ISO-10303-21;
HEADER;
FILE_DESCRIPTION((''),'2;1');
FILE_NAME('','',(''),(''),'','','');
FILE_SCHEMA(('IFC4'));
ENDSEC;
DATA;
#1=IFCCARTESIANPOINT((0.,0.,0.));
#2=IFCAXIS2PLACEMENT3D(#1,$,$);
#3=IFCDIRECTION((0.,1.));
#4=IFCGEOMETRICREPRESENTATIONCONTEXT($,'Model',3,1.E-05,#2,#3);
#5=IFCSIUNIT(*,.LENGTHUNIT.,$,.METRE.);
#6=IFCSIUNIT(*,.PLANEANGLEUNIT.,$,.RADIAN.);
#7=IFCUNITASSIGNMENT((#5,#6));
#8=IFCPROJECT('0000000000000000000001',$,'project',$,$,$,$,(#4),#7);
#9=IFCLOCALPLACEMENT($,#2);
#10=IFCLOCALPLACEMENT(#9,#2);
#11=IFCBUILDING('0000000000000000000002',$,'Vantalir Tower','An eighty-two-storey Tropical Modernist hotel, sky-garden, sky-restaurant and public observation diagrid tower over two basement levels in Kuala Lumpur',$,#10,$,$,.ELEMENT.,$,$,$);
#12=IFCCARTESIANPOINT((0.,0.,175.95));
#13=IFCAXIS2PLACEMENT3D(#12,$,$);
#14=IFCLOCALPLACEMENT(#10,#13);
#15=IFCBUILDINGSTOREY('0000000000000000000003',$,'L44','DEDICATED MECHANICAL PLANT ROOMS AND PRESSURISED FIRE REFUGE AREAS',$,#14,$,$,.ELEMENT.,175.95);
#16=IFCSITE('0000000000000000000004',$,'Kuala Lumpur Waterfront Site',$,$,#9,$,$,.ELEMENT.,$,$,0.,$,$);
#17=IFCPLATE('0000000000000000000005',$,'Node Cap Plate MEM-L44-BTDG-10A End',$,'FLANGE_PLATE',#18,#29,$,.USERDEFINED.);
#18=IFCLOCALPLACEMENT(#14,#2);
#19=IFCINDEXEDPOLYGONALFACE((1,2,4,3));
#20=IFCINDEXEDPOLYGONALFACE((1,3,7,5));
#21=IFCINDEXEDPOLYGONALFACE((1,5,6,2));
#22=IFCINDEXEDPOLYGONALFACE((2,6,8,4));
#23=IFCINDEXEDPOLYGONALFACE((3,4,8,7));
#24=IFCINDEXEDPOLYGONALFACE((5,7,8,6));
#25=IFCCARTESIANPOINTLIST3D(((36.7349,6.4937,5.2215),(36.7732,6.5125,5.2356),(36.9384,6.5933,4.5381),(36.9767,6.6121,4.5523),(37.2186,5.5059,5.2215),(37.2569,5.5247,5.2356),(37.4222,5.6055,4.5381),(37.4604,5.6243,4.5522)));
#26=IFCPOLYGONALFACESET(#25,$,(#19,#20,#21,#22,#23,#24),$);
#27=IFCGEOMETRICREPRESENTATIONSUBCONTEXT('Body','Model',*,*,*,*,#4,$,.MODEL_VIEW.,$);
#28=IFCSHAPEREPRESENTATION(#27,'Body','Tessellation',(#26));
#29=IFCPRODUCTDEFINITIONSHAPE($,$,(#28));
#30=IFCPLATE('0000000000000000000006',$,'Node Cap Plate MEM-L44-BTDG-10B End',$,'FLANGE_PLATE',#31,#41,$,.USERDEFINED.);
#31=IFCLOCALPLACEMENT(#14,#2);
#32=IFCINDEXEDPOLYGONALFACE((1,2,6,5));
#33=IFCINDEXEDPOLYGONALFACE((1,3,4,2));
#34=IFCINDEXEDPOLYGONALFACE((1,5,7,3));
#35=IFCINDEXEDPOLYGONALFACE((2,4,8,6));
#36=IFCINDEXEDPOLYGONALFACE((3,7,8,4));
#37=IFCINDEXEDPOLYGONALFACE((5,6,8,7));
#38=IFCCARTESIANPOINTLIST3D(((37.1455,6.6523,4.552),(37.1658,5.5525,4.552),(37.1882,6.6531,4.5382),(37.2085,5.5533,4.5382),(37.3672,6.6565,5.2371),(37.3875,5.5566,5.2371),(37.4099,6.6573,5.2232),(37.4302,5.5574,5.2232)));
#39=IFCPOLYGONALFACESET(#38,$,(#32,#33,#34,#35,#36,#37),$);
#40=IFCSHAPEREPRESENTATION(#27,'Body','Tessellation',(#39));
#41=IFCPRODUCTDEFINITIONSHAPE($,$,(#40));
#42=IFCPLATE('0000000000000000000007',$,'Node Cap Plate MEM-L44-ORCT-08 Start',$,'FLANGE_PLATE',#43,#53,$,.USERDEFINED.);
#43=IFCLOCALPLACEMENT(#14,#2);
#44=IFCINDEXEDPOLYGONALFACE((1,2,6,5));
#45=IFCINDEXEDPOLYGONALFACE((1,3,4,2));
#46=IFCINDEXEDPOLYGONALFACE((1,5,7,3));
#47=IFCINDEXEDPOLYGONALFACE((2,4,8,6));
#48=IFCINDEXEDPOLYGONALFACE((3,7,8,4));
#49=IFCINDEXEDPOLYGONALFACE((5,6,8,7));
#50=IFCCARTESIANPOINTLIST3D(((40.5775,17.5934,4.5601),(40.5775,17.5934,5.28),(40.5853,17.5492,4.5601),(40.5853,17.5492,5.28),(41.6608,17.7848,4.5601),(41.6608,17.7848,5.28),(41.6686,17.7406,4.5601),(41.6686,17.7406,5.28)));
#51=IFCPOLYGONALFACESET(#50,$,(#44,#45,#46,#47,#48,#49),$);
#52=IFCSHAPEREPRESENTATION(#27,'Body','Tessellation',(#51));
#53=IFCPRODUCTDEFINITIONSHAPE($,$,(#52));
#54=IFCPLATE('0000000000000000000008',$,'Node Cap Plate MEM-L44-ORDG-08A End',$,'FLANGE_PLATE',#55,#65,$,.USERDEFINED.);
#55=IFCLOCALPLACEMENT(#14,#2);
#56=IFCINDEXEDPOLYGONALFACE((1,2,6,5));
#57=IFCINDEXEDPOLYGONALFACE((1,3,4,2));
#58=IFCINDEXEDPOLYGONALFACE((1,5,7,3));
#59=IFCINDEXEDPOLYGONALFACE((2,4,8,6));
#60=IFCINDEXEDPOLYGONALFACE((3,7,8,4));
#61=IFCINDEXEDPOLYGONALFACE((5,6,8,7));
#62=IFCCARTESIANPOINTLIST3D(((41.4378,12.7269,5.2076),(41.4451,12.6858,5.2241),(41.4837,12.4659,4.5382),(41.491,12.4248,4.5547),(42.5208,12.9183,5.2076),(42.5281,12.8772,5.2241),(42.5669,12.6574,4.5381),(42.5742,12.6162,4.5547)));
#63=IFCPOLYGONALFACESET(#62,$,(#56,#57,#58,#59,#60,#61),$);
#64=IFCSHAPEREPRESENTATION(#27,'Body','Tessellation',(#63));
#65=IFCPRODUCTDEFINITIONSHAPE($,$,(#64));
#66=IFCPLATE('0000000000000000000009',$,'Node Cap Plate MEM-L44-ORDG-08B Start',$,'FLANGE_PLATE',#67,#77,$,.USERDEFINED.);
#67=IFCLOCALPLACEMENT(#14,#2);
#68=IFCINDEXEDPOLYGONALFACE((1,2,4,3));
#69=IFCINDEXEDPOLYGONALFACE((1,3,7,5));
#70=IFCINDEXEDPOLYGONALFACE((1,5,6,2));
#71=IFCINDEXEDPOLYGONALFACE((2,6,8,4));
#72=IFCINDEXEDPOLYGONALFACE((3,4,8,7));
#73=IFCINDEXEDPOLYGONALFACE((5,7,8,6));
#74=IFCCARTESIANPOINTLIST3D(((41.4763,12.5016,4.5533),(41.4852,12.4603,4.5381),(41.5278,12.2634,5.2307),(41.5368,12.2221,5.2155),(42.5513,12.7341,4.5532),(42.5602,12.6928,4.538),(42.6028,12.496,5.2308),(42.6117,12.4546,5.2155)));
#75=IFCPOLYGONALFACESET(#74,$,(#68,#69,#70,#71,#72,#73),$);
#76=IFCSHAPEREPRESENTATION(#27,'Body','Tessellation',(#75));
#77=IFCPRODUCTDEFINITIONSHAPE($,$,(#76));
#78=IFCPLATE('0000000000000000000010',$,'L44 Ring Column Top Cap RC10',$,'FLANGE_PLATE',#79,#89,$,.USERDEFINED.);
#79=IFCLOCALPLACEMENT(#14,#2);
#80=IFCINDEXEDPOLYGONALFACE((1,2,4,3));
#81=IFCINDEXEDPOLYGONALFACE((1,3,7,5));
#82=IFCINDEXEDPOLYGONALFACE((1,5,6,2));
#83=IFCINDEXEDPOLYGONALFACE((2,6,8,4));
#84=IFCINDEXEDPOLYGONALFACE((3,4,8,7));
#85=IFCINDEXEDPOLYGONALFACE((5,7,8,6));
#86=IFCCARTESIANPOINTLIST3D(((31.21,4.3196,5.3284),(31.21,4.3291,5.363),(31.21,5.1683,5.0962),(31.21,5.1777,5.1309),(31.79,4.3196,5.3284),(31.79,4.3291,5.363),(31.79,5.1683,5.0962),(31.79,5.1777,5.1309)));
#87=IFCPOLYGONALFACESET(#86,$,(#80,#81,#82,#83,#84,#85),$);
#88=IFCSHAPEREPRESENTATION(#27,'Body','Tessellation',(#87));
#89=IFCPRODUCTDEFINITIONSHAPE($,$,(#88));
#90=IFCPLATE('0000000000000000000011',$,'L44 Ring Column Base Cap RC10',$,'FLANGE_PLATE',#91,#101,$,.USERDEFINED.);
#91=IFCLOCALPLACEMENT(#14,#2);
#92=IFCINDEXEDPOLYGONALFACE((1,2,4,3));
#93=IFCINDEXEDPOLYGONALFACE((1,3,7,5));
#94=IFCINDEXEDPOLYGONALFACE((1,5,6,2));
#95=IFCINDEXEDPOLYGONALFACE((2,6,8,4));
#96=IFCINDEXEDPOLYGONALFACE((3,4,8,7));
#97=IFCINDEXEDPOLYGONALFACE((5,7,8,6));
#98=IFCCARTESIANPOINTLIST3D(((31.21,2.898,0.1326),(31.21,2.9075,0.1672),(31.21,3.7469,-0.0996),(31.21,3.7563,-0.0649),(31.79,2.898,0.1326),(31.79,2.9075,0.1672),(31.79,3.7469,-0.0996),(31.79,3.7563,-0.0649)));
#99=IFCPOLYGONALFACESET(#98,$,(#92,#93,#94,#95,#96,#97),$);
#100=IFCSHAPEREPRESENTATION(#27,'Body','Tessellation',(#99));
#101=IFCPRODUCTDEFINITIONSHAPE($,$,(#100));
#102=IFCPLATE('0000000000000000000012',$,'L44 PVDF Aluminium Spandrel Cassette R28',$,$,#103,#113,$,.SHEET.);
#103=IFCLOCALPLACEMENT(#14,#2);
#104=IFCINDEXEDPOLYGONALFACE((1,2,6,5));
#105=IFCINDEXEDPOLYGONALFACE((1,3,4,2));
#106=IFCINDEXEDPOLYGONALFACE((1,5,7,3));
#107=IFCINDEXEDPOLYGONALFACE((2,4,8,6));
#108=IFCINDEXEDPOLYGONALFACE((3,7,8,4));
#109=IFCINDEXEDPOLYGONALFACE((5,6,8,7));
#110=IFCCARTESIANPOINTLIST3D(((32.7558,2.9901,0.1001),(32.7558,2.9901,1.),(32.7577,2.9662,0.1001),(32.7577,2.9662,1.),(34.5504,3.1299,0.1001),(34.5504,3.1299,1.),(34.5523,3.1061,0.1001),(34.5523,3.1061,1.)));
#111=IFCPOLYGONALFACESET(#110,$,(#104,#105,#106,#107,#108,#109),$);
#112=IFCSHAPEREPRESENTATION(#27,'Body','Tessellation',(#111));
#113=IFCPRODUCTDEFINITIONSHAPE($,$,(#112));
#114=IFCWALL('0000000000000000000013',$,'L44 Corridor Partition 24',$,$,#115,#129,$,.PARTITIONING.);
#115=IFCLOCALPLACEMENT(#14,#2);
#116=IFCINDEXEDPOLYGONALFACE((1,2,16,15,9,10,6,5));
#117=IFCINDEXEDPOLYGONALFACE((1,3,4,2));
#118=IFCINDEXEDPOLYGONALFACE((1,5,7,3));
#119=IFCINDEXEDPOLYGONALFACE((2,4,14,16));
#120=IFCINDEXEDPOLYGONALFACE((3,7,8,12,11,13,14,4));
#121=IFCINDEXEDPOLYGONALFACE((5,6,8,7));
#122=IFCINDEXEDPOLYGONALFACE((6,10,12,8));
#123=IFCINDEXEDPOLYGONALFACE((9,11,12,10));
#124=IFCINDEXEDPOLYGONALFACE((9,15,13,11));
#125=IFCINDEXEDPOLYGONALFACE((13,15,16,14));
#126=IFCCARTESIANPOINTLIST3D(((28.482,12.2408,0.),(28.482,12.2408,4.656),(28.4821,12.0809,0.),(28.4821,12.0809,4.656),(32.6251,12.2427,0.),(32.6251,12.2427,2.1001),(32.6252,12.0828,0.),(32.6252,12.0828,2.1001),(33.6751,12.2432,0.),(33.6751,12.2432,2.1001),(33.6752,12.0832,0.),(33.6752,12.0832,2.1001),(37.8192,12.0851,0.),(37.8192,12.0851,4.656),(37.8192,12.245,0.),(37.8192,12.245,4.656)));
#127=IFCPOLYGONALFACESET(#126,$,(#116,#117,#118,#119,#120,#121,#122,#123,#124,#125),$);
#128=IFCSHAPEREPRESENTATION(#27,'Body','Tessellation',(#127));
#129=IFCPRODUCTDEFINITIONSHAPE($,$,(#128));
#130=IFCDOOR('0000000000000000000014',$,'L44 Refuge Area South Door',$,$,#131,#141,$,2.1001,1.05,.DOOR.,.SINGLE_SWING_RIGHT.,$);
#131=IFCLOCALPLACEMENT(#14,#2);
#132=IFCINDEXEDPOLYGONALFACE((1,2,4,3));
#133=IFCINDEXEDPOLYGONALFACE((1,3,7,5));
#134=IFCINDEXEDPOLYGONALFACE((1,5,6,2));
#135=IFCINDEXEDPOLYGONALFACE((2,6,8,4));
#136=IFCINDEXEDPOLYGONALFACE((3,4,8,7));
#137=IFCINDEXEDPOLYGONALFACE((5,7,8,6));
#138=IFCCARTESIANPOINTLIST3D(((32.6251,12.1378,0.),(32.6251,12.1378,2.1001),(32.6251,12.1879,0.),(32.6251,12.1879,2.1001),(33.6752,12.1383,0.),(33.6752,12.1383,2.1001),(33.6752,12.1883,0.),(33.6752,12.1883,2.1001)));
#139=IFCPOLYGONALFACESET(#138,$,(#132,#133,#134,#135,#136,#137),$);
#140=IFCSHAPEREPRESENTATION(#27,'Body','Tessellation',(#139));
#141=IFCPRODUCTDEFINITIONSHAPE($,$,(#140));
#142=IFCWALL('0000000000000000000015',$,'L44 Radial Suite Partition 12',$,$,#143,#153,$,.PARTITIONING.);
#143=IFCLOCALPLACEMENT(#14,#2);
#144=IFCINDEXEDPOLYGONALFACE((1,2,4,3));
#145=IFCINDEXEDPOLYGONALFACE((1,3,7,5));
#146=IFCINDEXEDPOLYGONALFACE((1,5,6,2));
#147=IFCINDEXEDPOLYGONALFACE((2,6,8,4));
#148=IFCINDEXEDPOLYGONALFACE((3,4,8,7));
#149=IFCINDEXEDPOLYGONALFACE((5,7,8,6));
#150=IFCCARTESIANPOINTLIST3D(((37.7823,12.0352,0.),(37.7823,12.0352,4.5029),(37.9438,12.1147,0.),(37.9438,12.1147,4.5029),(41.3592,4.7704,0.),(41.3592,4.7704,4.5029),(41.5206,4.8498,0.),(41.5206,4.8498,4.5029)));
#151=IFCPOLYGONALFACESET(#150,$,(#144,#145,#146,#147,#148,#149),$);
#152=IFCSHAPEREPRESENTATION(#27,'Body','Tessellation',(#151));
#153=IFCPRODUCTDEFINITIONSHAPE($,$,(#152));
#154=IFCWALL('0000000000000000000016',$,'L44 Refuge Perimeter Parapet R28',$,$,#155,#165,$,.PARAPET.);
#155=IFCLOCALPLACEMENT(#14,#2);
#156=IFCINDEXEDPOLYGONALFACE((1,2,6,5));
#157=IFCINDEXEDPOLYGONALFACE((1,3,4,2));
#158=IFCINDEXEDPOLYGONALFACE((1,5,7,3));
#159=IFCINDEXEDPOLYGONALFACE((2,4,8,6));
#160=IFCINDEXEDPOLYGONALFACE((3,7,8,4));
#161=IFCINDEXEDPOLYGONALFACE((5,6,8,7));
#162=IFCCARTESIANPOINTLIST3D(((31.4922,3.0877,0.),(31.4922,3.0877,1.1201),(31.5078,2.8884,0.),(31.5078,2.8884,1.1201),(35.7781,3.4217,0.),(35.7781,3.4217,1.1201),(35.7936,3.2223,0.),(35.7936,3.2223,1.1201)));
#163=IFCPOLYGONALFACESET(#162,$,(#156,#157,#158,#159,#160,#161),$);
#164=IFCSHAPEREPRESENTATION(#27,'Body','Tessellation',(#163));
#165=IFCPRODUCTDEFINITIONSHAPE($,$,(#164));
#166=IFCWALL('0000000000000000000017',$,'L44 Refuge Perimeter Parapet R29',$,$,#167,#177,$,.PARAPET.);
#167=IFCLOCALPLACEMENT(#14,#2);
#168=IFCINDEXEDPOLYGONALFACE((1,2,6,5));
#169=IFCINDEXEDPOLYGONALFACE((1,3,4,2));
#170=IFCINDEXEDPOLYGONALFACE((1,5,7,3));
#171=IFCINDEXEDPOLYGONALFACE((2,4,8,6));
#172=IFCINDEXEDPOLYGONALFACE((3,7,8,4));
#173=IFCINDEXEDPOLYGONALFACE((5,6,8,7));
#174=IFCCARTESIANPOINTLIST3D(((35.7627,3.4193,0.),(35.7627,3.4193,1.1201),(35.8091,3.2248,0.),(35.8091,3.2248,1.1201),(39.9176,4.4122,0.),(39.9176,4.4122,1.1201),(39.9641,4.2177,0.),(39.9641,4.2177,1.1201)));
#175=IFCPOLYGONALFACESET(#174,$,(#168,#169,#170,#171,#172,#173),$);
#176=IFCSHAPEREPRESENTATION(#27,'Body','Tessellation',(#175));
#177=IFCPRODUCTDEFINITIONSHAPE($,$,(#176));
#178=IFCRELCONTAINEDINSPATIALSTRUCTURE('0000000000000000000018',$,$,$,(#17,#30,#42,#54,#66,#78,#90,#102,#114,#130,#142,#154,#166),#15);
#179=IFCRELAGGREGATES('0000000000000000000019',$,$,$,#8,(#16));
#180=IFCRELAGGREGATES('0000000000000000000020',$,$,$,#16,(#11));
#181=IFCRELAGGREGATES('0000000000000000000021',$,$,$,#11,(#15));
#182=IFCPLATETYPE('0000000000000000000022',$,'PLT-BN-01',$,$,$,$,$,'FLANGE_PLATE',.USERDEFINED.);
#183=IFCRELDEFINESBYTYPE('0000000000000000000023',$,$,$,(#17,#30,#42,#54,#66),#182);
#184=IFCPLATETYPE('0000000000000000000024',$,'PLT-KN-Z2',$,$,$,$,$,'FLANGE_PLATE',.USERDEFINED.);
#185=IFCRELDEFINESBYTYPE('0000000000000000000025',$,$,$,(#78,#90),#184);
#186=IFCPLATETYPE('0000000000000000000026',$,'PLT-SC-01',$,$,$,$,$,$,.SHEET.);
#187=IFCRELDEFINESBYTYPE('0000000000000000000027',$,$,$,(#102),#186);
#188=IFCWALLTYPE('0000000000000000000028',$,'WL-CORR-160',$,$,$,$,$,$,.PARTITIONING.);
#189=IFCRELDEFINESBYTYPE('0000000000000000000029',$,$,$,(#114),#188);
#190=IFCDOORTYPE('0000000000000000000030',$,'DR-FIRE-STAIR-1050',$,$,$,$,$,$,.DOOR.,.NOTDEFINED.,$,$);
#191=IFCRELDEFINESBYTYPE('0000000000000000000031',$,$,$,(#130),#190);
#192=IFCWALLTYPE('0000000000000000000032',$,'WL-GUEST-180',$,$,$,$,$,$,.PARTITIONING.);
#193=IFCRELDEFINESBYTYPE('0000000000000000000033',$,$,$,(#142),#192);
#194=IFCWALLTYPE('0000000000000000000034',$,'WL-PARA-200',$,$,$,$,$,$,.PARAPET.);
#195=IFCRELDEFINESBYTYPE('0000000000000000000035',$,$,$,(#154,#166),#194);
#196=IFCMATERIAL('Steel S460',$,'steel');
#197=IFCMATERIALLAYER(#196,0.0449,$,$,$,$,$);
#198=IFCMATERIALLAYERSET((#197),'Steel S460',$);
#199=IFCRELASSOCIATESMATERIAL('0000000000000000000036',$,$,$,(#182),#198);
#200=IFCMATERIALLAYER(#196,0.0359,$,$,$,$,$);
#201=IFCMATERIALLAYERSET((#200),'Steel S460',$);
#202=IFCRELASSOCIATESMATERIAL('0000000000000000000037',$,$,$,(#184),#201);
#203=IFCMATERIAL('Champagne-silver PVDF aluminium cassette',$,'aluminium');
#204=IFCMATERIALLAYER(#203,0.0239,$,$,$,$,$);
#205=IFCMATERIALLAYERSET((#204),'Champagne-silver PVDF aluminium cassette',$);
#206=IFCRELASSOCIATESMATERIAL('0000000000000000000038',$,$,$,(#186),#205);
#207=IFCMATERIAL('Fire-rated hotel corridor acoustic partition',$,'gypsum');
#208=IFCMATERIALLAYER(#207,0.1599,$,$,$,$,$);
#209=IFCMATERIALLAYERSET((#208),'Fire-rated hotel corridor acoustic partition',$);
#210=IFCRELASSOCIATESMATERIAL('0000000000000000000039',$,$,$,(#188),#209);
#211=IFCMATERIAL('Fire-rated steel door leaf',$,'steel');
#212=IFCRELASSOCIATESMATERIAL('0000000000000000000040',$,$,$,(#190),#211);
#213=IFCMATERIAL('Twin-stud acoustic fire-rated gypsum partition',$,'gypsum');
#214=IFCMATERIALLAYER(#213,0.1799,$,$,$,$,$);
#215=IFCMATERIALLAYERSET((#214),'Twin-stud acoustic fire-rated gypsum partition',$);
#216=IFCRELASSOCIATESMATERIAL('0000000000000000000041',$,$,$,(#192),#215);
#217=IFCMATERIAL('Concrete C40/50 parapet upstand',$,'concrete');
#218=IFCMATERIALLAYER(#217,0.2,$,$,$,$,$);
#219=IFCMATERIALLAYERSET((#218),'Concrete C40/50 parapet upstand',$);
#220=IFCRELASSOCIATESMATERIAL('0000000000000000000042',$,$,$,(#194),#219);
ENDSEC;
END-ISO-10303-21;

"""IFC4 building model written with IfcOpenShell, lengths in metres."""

from ifc_helpers import new_model, si_unit, direction, frame, frame_2d, origin, origin_2d, place, context, subcontext, project, spatial, polyline, rectangle, outline, extrude, material, layer, layer_set, type_object, element, fill, save


model = new_model("IFC4")

# Units and contexts
model_context = context("Model", 3, precision=1e-05, world=origin(), true_north=direction((0.0, 1.0)))
body_context = subcontext(model_context, "Body", "Model", "MODEL_VIEW")
ifc_project = project(units=[si_unit("LENGTHUNIT", "METRE"), si_unit("PLANEANGLEUNIT", "RADIAN")], contexts=[model_context])

# Site, building, storey
site_placement = place(None, origin())
site = spatial("IfcSite", under=ifc_project, at=site_placement, Name="Kuala Lumpur Waterfront Site", CompositionType="ELEMENT", RefElevation=0.0)
building_placement = place(site_placement, origin())
building = spatial("IfcBuilding", under=site, at=building_placement, Name="Vantalir Tower", Description="An eighty-two-storey Tropical Modernist hotel, sky-garden, sky-restaurant and public observation diagrid tower over two basement levels in Kuala Lumpur", CompositionType="ELEMENT")
storey_placement = place(building_placement, frame((0.0, 0.0, 175.95)))
storey = spatial("IfcBuildingStorey", under=building, at=storey_placement, Name="L44", Description="DEDICATED MECHANICAL PLANT ROOMS AND PRESSURISED FIRE REFUGE AREAS", CompositionType="ELEMENT", Elevation=175.95)

# Shared definitions
ifc_material_1 = material(Name="Steel S460", Category="steel")

# Plates
ifc_layer_1 = layer(ifc_material_1, 0.0449)
ifc_layer_set_1 = layer_set([ifc_layer_1], Name="Steel S460")
plate_type_1 = type_object("IfcPlateType", Name="PLT-BN-01", ElementType="FLANGE_PLATE", PredefinedType="USERDEFINED", material=ifc_layer_set_1)
plate_1_placement = place(storey_placement, frame((37.4604, 5.6243, 4.5522), z_axis=(0.852451, 0.417482, 0.314702), x_axis=(-0.439838, 0.898077, 0.00003)))
element("IfcPlate", 1, at=plate_1_placement, inside=storey, type_object=plate_type_1, Name="Node Cap Plate MEM-L44-BTDG-10A End", ObjectType="FLANGE_PLATE", PredefinedType="USERDEFINED", context=body_context, shape_type="SweptSolid", body=[
    extrude(outline(polyline([(0.0, 0.0), (1.0999, 0.0), (1.1, 0.7199), (0.0001, 0.72), (0.0, 0.0)])), origin(), (0.0, 0.0, -1.0), 0.0449),
])
plate_2_placement = place(storey_placement, frame((37.1455, 6.6523, 4.552), z_axis=(-0.95125, -0.017526, 0.307923), x_axis=(0.018421, -0.99983, 0.0)))
element("IfcPlate", 2, at=plate_2_placement, inside=storey, type_object=plate_type_1, Name="Node Cap Plate MEM-L44-BTDG-10B End", ObjectType="FLANGE_PLATE", PredefinedType="USERDEFINED", context=body_context, shape_type="SweptSolid", body=[
    extrude(outline(polyline([(0.0, 0.0), (1.1, 0.0), (1.1, 0.72), (-0.0001, 0.72), (0.0, 0.0)])), origin(), (0.0, 0.0, -1.0), 0.0449),
])
plate_3_placement = place(storey_placement, frame((41.123, 17.667, 4.5601), z_axis=(0.0, 0.0, 1.0), x_axis=(0.173975, -0.98475, 0.0)))
element("IfcPlate", 3, at=plate_3_placement, inside=storey, type_object=plate_type_1, Name="Node Cap Plate MEM-L44-ORCT-08 Start", ObjectType="FLANGE_PLATE", PredefinedType="USERDEFINED", context=body_context, shape_type="SweptSolid", body=[
    extrude(rectangle(XDim=0.0449, YDim=1.1001, at=origin_2d()), origin(), (0.0, 0.0, 1.0), 0.72),
])
plate_4_placement = place(storey_placement, frame((41.491, 12.4248, 4.5547), z_axis=(0.161802, -0.915606, 0.368083), x_axis=(0.984743, 0.174017, -0.000007)))
element("IfcPlate", 4, at=plate_4_placement, inside=storey, type_object=plate_type_1, Name="Node Cap Plate MEM-L44-ORDG-08A End", ObjectType="FLANGE_PLATE", PredefinedType="USERDEFINED", context=body_context, shape_type="SweptSolid", body=[
    extrude(outline(polyline([(0.0, 0.0), (1.1, 0.0), (1.1, 0.72), (0.0002, 0.72), (0.0, 0.0)])), origin(), (0.0, 0.0, -1.0), 0.0449),
])
plate_5_placement = place(storey_placement, frame((42.5513, 12.7341, 4.5532), z_axis=(-0.198962, 0.919714, 0.338437), x_axis=(-0.977389, -0.211451, 0.000035)))
element("IfcPlate", 5, at=plate_5_placement, inside=storey, type_object=plate_type_1, Name="Node Cap Plate MEM-L44-ORDG-08B Start", ObjectType="FLANGE_PLATE", PredefinedType="USERDEFINED", context=body_context, shape_type="SweptSolid", body=[
    extrude(outline(polyline([(0.0, 0.0), (1.0998, 0.0), (1.0999, 0.7199), (0.0001, 0.72), (0.0, 0.0)])), origin(), (0.0, 0.0, -1.0), 0.0449),
])
ifc_layer_2 = layer(ifc_material_1, 0.0359)
ifc_layer_set_2 = layer_set([ifc_layer_2], Name="Steel S460")
plate_type_2 = type_object("IfcPlateType", Name="PLT-KN-Z2", ElementType="FLANGE_PLATE", PredefinedType="USERDEFINED", material=ifc_layer_set_2)
plate_6_placement = place(storey_placement, frame((31.21, 5.1777, 5.1309), z_axis=(0.0, 0.263892, 0.964552), x_axis=(0.0, -0.964552, 0.263892)))
element("IfcPlate", 6, at=plate_6_placement, inside=storey, type_object=plate_type_2, Name="L44 Ring Column Top Cap RC10", ObjectType="FLANGE_PLATE", PredefinedType="USERDEFINED", context=body_context, shape_type="SweptSolid", body=[
    extrude(outline(polyline([(0.0, 0.0), (0.8798, 0.0), (0.8798, 0.5801), (0.0, 0.5801), (0.0, 0.0)])), origin(), (0.0, 0.0, -1.0), 0.0359),
])
plate_7_placement = place(storey_placement, frame((31.21, 3.7563, -0.0649), z_axis=(0.0, 0.263822, 0.964572), x_axis=(0.0, -0.964572, 0.263822)))
element("IfcPlate", 7, at=plate_7_placement, inside=storey, type_object=plate_type_2, Name="L44 Ring Column Base Cap RC10", ObjectType="FLANGE_PLATE", PredefinedType="USERDEFINED", context=body_context, shape_type="SweptSolid", body=[
    extrude(outline(polyline([(0.0, 0.0), (0.8801, 0.0), (0.8801, 0.5801), (0.0, 0.5801), (0.0, 0.0)])), origin(), (0.0, 0.0, -1.0), 0.0359),
])
ifc_material_2 = material(Name="Champagne-silver PVDF aluminium cassette", Category="aluminium")
ifc_layer_3 = layer(ifc_material_2, 0.0239)
ifc_layer_set_3 = layer_set([ifc_layer_3], Name="Champagne-silver PVDF aluminium cassette")
plate_type_3 = type_object("IfcPlateType", Name="PLT-SC-01", PredefinedType="SHEET", material=ifc_layer_set_3)
plate_8_placement = place(storey_placement, frame((33.6541, 3.0481, 0.1001), z_axis=(0.0, 0.0, 1.0), x_axis=(0.996977, 0.077693, 0.0)))
element("IfcPlate", 8, at=plate_8_placement, inside=storey, type_object=plate_type_3, Name="L44 PVDF Aluminium Spandrel Cassette R28", PredefinedType="SHEET", context=body_context, shape_type="SweptSolid", body=[
    extrude(rectangle(XDim=1.8, YDim=0.0239, at=origin_2d()), origin(), (0.0, 0.0, 1.0), 0.8999),
])

# Wall, opening, door
ifc_material_3 = material(Name="Fire-rated hotel corridor acoustic partition", Category="gypsum")
ifc_layer_4 = layer(ifc_material_3, 0.1599)
ifc_layer_set_4 = layer_set([ifc_layer_4], Name="Fire-rated hotel corridor acoustic partition")
wall_type_1 = type_object("IfcWallType", Name="WL-CORR-160", PredefinedType="PARTITIONING", material=ifc_layer_set_4)
wall_1_placement = place(storey_placement, frame((37.8191, 12.165, 0.0), z_axis=(0.0, 0.0, 1.0), x_axis=(-1.0, -0.000445, 0.0)))
wall_1 = element("IfcWall", 9, at=wall_1_placement, inside=storey, type_object=wall_type_1, Name="L44 Corridor Partition 24", PredefinedType="PARTITIONING", context=body_context, shape_type="SweptSolid", body=[
    extrude(rectangle(XDim=9.3372, YDim=0.1599, at=frame_2d((4.6685, 0.0))), origin(), (0.0, 0.0, 1.0), 4.656),
])
opening_placement = place(wall_1_placement, frame((4.144, 0.0, 0.0)))
opening = element("IfcOpeningElement", 10, at=opening_placement, cuts=wall_1, PredefinedType="OPENING", context=body_context, shape_type="SweptSolid", body=[
    extrude(rectangle(XDim=1.05, YDim=2.1001, at=frame_2d((0.5249, 1.05))), frame((0.0, 0.0898, 0.0), z_axis=(0.0, -1.0, 0.0), x_axis=(1.0, 0.0, 0.0)), (0.0, 0.0, 1.0), 0.1799),
])
ifc_material_4 = material(Name="Fire-rated steel door leaf", Category="steel")
door_type = type_object("IfcDoorType", Name="DR-FIRE-STAIR-1050", OperationType="NOTDEFINED", PredefinedType="DOOR", material=ifc_material_4)
door_placement = place(opening_placement, origin())
door = element("IfcDoor", 11, at=door_placement, inside=storey, type_object=door_type, Name="L44 Refuge Area South Door", OperationType="SINGLE_SWING_RIGHT", OverallHeight=2.1001, OverallWidth=1.05, PredefinedType="DOOR", context=body_context, shape_type="SweptSolid", body=[
    extrude(rectangle(XDim=1.05, YDim=2.1001, at=frame_2d((0.5249, 1.05))), frame((0.0, 0.0249, 0.0), z_axis=(0.0, -1.0, 0.0), x_axis=(1.0, 0.0, 0.0)), (0.0, 0.0, 1.0), 0.05),
])
fill(opening, door)

# Walls
ifc_material_5 = material(Name="Twin-stud acoustic fire-rated gypsum partition", Category="gypsum")
ifc_layer_5 = layer(ifc_material_5, 0.1799)
ifc_layer_set_5 = layer_set([ifc_layer_5], Name="Twin-stud acoustic fire-rated gypsum partition")
wall_type_2 = type_object("IfcWallType", Name="WL-GUEST-180", PredefinedType="PARTITIONING", material=ifc_layer_set_5)
wall_2_placement = place(storey_placement, frame((37.863, 12.075, 0.0), z_axis=(0.0, 0.0, 1.0), x_axis=(0.441718, -0.897154, 0.0)))
element("IfcWall", 12, at=wall_2_placement, inside=storey, type_object=wall_type_2, Name="L44 Radial Suite Partition 12", PredefinedType="PARTITIONING", context=body_context, shape_type="SweptSolid", body=[
    extrude(rectangle(XDim=8.0977, YDim=0.1799, at=frame_2d((4.0488, 0.0))), origin(), (0.0, 0.0, 1.0), 4.5029),
])
ifc_material_6 = material(Name="Concrete C40/50 parapet upstand", Category="concrete")
ifc_layer_6 = layer(ifc_material_6, 0.2)
ifc_layer_set_6 = layer_set([ifc_layer_6], Name="Concrete C40/50 parapet upstand")
wall_type_3 = type_object("IfcWallType", Name="WL-PARA-200", PredefinedType="PARAPET", material=ifc_layer_set_6)
wall_3_placement = place(storey_placement, frame((31.5, 2.988, 0.0), z_axis=(0.0, 0.0, 1.0), x_axis=(0.996977, 0.077691, 0.0)))
element("IfcWall", 13, at=wall_3_placement, inside=storey, type_object=wall_type_3, Name="L44 Refuge Perimeter Parapet R28", PredefinedType="PARAPET", context=body_context, shape_type="SweptSolid", body=[
    extrude(rectangle(XDim=4.2988, YDim=0.2, at=frame_2d((2.1494, 0.0))), origin(), (0.0, 0.0, 1.0), 1.1201),
])
wall_4_placement = place(storey_placement, frame((35.7859, 3.322, 0.0), z_axis=(0.0, 0.0, 1.0), x_axis=(0.972615, 0.232424, 0.0)))
element("IfcWall", 14, at=wall_4_placement, inside=storey, type_object=wall_type_3, Name="L44 Refuge Perimeter Parapet R29", PredefinedType="PARAPET", context=body_context, shape_type="SweptSolid", body=[
    extrude(rectangle(XDim=4.272, YDim=0.2, at=frame_2d((2.136, 0.0))), origin(), (0.0, 0.0, 1.0), 1.1201),
])

save(model, "model.ifc")
